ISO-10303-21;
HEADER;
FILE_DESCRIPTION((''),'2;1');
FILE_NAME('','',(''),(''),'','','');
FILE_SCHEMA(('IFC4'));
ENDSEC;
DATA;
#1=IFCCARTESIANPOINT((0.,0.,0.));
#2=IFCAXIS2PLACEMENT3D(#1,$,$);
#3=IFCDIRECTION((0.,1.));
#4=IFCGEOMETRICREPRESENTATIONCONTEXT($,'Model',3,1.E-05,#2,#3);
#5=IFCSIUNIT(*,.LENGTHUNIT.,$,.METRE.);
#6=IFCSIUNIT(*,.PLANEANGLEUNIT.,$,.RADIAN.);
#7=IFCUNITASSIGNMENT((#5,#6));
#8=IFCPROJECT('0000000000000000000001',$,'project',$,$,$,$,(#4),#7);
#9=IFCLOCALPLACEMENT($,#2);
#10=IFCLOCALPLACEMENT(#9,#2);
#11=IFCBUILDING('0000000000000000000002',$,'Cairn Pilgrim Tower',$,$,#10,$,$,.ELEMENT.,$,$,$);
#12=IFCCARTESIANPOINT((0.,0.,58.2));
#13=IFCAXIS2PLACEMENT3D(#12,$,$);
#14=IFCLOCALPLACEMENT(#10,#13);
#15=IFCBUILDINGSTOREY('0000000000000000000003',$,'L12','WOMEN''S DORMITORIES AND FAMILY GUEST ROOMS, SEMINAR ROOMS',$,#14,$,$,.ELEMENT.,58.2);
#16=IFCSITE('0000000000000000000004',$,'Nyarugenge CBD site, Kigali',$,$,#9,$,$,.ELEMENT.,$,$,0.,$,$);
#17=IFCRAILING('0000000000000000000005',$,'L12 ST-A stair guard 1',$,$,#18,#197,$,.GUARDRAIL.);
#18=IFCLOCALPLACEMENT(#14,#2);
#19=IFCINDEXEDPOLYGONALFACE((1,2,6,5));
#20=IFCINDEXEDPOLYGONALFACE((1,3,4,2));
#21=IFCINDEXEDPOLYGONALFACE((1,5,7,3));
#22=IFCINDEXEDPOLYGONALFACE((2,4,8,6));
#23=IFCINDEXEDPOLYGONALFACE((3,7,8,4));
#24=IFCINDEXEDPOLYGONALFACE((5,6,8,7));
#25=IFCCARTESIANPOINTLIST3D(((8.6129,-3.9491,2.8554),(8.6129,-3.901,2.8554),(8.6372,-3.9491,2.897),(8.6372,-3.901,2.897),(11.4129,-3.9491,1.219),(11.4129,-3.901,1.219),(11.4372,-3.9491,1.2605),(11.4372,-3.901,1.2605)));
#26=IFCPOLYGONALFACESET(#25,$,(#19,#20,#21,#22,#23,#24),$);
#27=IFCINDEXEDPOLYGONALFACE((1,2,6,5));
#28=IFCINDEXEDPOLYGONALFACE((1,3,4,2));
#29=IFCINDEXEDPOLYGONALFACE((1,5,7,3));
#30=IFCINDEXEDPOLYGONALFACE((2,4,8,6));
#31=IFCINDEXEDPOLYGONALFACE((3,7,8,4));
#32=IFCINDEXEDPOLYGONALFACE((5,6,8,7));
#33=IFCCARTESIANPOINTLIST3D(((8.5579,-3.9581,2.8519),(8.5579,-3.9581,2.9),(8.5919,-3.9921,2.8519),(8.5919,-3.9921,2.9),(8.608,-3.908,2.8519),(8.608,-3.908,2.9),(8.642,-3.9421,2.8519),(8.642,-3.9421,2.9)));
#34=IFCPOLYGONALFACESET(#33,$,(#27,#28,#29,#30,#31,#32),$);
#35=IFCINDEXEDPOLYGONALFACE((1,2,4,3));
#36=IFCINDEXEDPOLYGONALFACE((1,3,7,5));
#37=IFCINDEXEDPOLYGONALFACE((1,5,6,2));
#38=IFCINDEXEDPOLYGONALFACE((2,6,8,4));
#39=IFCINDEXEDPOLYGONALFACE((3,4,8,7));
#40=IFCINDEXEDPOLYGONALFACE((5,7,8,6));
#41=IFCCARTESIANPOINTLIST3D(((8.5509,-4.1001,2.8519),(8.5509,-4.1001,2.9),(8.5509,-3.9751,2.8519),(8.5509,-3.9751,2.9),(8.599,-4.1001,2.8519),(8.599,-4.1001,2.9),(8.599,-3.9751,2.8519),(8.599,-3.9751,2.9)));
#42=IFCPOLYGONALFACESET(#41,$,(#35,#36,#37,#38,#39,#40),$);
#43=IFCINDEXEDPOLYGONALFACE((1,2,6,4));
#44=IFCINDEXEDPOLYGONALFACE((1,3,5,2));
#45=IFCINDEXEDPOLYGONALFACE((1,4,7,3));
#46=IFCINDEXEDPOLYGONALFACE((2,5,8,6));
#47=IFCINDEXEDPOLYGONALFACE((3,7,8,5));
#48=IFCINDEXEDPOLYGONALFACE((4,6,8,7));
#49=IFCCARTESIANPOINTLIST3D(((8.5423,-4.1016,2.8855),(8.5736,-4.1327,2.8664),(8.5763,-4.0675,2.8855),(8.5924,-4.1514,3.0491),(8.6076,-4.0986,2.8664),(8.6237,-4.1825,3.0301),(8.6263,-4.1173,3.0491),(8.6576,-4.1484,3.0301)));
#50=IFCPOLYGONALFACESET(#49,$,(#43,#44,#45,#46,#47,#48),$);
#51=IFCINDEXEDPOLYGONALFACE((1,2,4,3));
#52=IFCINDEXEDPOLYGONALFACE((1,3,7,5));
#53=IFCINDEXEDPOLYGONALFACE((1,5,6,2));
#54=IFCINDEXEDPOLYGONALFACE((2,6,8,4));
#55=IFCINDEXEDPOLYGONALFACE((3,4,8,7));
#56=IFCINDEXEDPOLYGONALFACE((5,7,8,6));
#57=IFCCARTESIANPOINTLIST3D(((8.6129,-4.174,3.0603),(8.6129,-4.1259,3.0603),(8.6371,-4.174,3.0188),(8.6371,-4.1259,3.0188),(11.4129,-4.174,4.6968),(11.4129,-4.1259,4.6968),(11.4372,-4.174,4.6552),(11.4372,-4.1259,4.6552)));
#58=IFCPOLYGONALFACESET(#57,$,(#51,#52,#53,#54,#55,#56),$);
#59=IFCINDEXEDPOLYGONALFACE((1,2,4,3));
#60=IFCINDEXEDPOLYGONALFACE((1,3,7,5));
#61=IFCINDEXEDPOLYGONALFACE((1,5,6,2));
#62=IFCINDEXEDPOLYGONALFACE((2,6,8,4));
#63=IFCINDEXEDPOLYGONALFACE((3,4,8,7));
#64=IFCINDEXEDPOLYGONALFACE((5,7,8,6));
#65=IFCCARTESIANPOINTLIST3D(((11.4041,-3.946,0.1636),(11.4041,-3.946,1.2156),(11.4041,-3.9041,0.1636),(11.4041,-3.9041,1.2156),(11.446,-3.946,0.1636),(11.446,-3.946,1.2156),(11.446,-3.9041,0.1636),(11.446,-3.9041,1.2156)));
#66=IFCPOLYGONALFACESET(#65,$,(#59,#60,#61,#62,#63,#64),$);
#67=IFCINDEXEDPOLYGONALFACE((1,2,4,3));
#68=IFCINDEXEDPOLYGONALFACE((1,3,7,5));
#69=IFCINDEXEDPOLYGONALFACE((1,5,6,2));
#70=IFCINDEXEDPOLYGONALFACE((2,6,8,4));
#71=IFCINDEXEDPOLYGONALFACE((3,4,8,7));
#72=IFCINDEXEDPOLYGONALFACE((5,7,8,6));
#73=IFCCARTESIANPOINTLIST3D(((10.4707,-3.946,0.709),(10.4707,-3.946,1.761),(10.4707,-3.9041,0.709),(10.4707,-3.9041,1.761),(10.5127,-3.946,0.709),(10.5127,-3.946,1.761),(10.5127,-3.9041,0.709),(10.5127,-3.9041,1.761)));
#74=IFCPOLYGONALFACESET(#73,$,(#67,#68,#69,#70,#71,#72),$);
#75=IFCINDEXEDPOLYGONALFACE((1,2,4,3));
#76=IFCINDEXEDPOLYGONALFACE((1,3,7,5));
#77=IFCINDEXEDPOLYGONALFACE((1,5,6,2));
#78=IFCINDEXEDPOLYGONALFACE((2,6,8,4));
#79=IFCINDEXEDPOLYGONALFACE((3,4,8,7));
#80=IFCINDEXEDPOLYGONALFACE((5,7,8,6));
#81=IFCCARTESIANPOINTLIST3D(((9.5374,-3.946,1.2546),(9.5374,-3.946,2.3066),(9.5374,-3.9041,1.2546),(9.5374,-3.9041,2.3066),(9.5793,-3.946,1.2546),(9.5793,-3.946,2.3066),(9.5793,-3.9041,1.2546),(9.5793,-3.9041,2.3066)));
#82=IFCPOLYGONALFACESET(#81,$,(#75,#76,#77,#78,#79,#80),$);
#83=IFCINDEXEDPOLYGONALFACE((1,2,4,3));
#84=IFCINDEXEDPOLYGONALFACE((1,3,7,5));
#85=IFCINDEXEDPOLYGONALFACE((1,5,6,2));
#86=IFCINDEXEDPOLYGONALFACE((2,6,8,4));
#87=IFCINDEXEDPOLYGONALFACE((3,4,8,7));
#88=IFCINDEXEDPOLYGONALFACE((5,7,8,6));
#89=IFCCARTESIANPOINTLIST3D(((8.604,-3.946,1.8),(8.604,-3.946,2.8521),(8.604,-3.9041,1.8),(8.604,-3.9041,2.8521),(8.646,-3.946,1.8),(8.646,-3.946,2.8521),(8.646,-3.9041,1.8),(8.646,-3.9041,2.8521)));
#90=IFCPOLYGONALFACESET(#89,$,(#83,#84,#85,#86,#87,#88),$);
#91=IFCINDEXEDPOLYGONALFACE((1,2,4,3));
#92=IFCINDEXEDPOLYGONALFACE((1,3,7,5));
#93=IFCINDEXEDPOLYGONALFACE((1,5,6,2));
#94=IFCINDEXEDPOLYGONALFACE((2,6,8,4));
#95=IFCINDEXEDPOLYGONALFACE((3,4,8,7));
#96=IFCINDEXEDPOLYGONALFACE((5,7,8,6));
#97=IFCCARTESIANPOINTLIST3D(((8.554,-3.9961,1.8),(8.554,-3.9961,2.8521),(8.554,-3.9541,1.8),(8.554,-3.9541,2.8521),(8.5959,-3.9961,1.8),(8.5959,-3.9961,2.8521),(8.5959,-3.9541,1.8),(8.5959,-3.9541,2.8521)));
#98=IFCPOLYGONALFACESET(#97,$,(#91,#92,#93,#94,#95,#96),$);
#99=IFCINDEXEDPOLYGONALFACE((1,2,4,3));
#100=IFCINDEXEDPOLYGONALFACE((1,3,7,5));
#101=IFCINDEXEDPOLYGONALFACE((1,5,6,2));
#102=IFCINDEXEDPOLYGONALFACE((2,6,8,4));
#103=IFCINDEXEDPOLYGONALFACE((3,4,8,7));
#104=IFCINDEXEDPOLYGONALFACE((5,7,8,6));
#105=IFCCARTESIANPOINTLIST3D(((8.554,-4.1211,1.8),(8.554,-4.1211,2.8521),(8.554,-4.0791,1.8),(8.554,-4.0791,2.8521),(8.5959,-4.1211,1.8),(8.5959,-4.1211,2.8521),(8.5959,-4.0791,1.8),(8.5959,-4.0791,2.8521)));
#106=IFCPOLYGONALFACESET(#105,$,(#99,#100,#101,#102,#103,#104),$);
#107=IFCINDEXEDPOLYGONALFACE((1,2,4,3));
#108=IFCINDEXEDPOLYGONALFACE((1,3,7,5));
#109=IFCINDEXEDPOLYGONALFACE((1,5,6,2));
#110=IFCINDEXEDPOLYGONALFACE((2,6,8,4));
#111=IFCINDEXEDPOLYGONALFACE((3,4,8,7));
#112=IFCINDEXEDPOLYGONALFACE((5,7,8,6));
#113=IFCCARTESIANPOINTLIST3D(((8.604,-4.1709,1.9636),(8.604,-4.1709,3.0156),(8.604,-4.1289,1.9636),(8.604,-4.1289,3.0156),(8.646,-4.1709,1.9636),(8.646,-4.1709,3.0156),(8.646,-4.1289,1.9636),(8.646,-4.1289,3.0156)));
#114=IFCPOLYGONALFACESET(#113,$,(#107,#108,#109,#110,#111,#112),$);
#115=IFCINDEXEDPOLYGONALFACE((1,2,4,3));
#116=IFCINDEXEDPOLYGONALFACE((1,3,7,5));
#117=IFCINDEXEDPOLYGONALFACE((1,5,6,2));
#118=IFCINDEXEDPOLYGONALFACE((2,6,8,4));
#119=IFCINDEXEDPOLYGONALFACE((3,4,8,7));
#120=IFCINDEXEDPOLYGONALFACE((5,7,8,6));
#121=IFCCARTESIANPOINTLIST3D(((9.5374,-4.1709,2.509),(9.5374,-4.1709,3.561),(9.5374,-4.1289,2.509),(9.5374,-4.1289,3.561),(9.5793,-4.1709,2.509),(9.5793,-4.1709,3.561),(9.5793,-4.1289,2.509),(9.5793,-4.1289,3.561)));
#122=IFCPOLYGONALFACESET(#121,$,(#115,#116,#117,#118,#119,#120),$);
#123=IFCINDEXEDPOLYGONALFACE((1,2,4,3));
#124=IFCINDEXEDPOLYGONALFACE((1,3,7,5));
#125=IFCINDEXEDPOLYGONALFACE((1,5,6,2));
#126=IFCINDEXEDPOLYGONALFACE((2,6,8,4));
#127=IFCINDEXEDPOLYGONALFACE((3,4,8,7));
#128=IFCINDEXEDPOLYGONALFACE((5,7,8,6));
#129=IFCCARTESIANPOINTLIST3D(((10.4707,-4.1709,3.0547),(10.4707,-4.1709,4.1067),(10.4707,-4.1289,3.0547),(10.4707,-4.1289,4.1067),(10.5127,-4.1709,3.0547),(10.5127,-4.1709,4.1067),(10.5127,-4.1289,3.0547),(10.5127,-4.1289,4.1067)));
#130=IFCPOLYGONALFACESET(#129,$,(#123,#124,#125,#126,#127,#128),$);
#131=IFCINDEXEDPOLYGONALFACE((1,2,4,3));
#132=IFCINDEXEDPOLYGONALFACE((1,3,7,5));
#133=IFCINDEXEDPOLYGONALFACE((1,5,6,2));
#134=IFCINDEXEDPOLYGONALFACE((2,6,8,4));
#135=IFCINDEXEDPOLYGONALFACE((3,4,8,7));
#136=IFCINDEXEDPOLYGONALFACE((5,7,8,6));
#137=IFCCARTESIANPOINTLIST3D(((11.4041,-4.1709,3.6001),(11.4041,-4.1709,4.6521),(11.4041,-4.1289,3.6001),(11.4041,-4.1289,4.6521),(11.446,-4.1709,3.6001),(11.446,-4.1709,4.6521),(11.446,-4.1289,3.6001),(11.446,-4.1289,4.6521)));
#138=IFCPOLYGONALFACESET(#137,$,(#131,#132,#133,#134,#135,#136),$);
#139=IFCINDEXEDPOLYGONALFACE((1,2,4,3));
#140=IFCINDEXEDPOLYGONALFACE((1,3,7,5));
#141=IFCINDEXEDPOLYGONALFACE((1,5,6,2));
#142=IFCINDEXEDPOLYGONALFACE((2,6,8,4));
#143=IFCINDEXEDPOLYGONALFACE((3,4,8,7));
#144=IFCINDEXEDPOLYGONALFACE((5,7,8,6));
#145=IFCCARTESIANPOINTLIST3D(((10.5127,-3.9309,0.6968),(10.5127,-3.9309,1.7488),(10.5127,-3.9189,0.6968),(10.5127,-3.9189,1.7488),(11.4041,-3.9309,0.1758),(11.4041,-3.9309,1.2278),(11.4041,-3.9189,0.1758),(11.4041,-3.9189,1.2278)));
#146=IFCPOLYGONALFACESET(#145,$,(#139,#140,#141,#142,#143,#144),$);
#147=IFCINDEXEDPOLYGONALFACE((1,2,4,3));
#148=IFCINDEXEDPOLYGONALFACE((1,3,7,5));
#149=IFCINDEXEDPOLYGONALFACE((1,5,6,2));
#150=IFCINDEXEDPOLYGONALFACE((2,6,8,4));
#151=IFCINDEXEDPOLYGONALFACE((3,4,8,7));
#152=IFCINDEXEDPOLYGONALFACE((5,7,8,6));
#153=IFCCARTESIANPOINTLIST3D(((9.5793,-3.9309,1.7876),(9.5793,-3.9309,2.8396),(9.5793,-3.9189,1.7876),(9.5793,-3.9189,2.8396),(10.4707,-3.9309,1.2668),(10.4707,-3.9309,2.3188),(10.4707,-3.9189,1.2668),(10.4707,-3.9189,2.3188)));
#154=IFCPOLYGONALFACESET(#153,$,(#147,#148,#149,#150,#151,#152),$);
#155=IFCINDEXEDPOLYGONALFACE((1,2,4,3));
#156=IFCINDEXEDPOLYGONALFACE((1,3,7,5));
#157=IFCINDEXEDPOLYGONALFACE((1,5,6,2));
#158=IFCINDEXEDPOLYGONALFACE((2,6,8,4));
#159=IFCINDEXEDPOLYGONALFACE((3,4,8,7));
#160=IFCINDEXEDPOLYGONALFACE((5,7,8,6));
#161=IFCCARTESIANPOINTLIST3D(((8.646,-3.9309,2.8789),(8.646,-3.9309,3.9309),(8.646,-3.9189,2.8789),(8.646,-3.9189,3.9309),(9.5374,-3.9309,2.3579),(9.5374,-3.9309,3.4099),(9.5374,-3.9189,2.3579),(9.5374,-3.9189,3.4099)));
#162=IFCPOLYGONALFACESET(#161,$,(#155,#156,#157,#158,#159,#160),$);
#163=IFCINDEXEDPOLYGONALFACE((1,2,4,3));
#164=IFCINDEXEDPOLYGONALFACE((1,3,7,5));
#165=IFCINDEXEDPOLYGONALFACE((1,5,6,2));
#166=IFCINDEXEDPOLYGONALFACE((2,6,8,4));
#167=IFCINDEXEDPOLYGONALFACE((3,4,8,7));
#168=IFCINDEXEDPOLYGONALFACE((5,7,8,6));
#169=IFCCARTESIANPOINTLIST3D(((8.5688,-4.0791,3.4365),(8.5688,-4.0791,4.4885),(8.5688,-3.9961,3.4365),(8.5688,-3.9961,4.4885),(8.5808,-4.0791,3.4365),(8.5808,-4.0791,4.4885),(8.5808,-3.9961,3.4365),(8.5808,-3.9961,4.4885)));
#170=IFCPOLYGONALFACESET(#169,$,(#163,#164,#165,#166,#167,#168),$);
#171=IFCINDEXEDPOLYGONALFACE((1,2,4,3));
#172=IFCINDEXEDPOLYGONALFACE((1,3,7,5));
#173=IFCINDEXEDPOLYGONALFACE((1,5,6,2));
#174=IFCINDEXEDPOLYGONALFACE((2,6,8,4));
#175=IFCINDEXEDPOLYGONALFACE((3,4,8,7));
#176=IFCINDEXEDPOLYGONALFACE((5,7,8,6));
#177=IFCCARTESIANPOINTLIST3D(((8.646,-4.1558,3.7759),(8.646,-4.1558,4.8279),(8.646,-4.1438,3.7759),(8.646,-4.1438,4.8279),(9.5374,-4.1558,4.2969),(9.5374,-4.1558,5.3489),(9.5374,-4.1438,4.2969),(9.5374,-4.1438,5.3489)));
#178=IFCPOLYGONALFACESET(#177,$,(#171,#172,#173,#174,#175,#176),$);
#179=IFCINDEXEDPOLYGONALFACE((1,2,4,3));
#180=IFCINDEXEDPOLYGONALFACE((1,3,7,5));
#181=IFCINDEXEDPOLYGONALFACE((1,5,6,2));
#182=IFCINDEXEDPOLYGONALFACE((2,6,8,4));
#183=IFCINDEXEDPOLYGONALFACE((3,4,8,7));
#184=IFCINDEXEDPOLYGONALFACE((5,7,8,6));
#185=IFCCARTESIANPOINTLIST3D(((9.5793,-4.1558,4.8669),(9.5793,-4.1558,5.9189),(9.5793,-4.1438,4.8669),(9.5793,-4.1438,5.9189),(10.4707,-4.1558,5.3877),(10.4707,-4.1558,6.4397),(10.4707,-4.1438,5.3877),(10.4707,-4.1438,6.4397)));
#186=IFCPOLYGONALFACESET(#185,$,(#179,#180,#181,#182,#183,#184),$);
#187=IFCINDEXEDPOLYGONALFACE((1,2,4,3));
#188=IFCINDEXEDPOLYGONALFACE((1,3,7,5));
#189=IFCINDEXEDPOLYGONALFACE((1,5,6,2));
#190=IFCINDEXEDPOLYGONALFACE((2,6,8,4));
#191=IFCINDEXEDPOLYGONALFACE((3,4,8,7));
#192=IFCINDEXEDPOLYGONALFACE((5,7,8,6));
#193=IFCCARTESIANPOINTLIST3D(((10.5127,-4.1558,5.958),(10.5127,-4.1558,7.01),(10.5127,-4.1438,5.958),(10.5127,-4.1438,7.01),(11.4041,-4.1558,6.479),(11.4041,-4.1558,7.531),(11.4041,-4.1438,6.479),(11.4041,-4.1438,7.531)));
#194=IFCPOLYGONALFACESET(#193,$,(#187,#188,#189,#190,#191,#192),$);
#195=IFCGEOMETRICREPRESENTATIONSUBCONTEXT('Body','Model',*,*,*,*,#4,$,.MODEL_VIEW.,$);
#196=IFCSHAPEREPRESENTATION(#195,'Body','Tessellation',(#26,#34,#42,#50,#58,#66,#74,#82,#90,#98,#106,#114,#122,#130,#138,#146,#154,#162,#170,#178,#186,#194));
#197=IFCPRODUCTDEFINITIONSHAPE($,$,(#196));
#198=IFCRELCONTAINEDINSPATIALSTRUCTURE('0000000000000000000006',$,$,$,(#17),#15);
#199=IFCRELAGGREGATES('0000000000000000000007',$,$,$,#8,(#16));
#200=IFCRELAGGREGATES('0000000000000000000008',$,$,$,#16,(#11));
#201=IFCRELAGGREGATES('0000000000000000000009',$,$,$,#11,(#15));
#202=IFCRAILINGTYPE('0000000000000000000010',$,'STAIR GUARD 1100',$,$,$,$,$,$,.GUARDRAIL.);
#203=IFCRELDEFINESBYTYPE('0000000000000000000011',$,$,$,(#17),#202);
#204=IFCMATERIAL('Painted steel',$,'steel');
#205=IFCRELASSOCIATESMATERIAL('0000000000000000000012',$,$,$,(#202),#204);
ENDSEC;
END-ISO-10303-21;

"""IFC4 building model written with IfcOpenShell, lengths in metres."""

from ifc_helpers import new_model, si_unit, direction, frame, origin, origin_2d, place, context, subcontext, project, spatial, polyline, rectangle, outline, extrude, material, type_object, element, save


model = new_model("IFC4")

# Units and contexts
model_context = context("Model", 3, precision=1e-05, world=origin(), true_north=direction((0.0, 1.0)))
body_context = subcontext(model_context, "Body", "Model", "MODEL_VIEW")
ifc_project = project(units=[si_unit("LENGTHUNIT", "METRE"), si_unit("PLANEANGLEUNIT", "RADIAN")], contexts=[model_context])

# Site, building, storey
site_placement = place(None, origin())
site = spatial("IfcSite", under=ifc_project, at=site_placement, Name="Nyarugenge CBD site, Kigali", CompositionType="ELEMENT", RefElevation=0.0)
building_placement = place(site_placement, origin())
building = spatial("IfcBuilding", under=site, at=building_placement, Name="Cairn Pilgrim Tower", CompositionType="ELEMENT")
storey_placement = place(building_placement, frame((0.0, 0.0, 58.2)))
storey = spatial("IfcBuildingStorey", under=building, at=storey_placement, Name="L12", Description="WOMEN'S DORMITORIES AND FAMILY GUEST ROOMS, SEMINAR ROOMS", CompositionType="ELEMENT", Elevation=58.2)

# Shared definitions
ifc_material_1 = material(Name="Painted steel", Category="steel")

# Railing
railing_type_1 = type_object("IfcRailingType", Name="STAIR GUARD 1100", PredefinedType="GUARDRAIL", material=ifc_material_1)
railing_1_placement = place(storey_placement, frame((11.425, -3.925, 0.1636)))
element("IfcRailing", 1, at=railing_1_placement, inside=storey, type_object=railing_type_1, Name="L12 ST-A stair guard 1", PredefinedType="GUARDRAIL", context=body_context, shape_type="SweptSolid", body=[
    extrude(rectangle(XDim=0.0481, YDim=0.0481, at=origin_2d()), frame((0.0, 0.0, 1.0762), z_axis=(-0.863361, 0.0, 0.504587), x_axis=(0.0, -1.0, 0.0)), (0.0, 0.0, 1.0), 3.2432),
    extrude(rectangle(XDim=0.0481, YDim=0.0481, at=origin_2d()), frame((-2.8, 0.0, 2.7124), z_axis=(-0.707107, -0.707107, 0.0), x_axis=(0.707107, -0.707107, 0.0)), (0.0, 0.0, 1.0), 0.0708),
    extrude(rectangle(XDim=0.0481, YDim=0.0481, at=origin_2d()), frame((-2.8501, -0.05, 2.7124), z_axis=(0.0, -1.0, 0.0), x_axis=(1.0, 0.0, 0.0)), (0.0, 0.0, 1.0), 0.125),
    extrude(rectangle(XDim=0.0481, YDim=0.0481, at=origin_2d()), frame((-2.8501, -0.175, 2.7124), z_axis=(0.280917, -0.279546, 0.918118), x_axis=(0.705376, 0.708834, 0.0)), (0.0, 0.0, 1.0), 0.1782),
    extrude(rectangle(XDim=0.0481, YDim=0.0481, at=origin_2d()), frame((-2.8, -0.2249, 2.876), z_axis=(0.863361, 0.0, 0.504587), x_axis=(0.0, 1.0, 0.0)), (0.0, 0.0, 1.0), 3.2432),
    extrude(rectangle(XDim=0.042, YDim=0.042, at=origin_2d()), origin(), (0.0, 0.0, 1.0), 1.052),
    extrude(rectangle(XDim=0.042, YDim=0.042, at=origin_2d()), frame((-0.9333, 0.0, 0.5454)), (0.0, 0.0, 1.0), 1.052),
    extrude(rectangle(XDim=0.042, YDim=0.042, at=origin_2d()), frame((-1.8667, 0.0, 1.0911)), (0.0, 0.0, 1.0), 1.052),
    extrude(rectangle(XDim=0.042, YDim=0.042, at=origin_2d()), frame((-2.8, 0.0, 1.6365)), (0.0, 0.0, 1.0), 1.052),
    extrude(rectangle(XDim=0.042, YDim=0.042, at=origin_2d()), frame((-2.8501, -0.05, 1.6365)), (0.0, 0.0, 1.0), 1.052),
    extrude(rectangle(XDim=0.042, YDim=0.042, at=origin_2d()), frame((-2.8501, -0.175, 1.6365)), (0.0, 0.0, 1.0), 1.052),
    extrude(rectangle(XDim=0.042, YDim=0.042, at=origin_2d()), frame((-2.8, -0.2249, 1.8)), (0.0, 0.0, 1.0), 1.052),
    extrude(rectangle(XDim=0.042, YDim=0.042, at=origin_2d()), frame((-1.8667, -0.2249, 2.3455)), (0.0, 0.0, 1.0), 1.052),
    extrude(rectangle(XDim=0.042, YDim=0.042, at=origin_2d()), frame((-0.9333, -0.2249, 2.8911)), (0.0, 0.0, 1.0), 1.052),
    extrude(rectangle(XDim=0.042, YDim=0.042, at=origin_2d()), frame((0.0, -0.2249, 3.4365)), (0.0, 0.0, 1.0), 1.052),
    extrude(outline(polyline([(0.021, 0.0122), (0.9124, 0.5332), (0.9124, 1.5852), (0.021, 1.0642), (0.021, 0.0122)])), frame((0.0, -0.0059, 0.0), z_axis=(0.0, 1.0, 0.0), x_axis=(-1.0, 0.0, 0.0)), (0.0, 0.0, 1.0), 0.012),
    extrude(outline(polyline([(0.021, 0.5579), (0.9124, 1.0786), (0.9124, 2.1306), (0.021, 1.6099), (0.021, 0.5579)])), frame((-0.9333, -0.0059, 0.5454), z_axis=(0.0, 1.0, 0.0), x_axis=(-1.0, 0.0, 0.0)), (0.0, 0.0, 1.0), 0.012),
    extrude(outline(polyline([(0.021, 1.1033), (0.9124, 1.6243), (0.9124, 2.6763), (0.021, 2.1553), (0.021, 1.1033)])), frame((-1.8667, -0.0059, 1.0911), z_axis=(0.0, 1.0, 0.0), x_axis=(-1.0, 0.0, 0.0)), (0.0, 0.0, 1.0), 0.012),
    extrude(outline(polyline([(0.021, 1.6365), (0.104, 1.6365), (0.104, 2.6885), (0.021, 2.6885), (0.021, 1.6365)])), frame((-2.8442, -0.05, 1.6365), z_axis=(-1.0, 0.0, 0.0), x_axis=(0.0, -1.0, 0.0)), (0.0, 0.0, 1.0), 0.012),
    extrude(outline(polyline([(0.021, 1.8123), (0.9124, 2.3333), (0.9124, 3.3853), (0.021, 2.8643), (0.021, 1.8123)])), frame((-2.8, -0.2188, 1.8), z_axis=(0.0, -1.0, 0.0), x_axis=(1.0, 0.0, 0.0)), (0.0, 0.0, 1.0), 0.012),
    extrude(outline(polyline([(0.021, 2.3579), (0.9124, 2.8787), (0.9124, 3.9307), (0.021, 3.4099), (0.021, 2.3579)])), frame((-1.8667, -0.2188, 2.3455), z_axis=(0.0, -1.0, 0.0), x_axis=(1.0, 0.0, 0.0)), (0.0, 0.0, 1.0), 0.012),
    extrude(outline(polyline([(0.021, 2.9033), (0.9124, 3.4243), (0.9124, 4.4763), (0.021, 3.9553), (0.021, 2.9033)])), frame((-0.9333, -0.2188, 2.8911), z_axis=(0.0, -1.0, 0.0), x_axis=(1.0, 0.0, 0.0)), (0.0, 0.0, 1.0), 0.012),
])

save(model, "model.ifc")
